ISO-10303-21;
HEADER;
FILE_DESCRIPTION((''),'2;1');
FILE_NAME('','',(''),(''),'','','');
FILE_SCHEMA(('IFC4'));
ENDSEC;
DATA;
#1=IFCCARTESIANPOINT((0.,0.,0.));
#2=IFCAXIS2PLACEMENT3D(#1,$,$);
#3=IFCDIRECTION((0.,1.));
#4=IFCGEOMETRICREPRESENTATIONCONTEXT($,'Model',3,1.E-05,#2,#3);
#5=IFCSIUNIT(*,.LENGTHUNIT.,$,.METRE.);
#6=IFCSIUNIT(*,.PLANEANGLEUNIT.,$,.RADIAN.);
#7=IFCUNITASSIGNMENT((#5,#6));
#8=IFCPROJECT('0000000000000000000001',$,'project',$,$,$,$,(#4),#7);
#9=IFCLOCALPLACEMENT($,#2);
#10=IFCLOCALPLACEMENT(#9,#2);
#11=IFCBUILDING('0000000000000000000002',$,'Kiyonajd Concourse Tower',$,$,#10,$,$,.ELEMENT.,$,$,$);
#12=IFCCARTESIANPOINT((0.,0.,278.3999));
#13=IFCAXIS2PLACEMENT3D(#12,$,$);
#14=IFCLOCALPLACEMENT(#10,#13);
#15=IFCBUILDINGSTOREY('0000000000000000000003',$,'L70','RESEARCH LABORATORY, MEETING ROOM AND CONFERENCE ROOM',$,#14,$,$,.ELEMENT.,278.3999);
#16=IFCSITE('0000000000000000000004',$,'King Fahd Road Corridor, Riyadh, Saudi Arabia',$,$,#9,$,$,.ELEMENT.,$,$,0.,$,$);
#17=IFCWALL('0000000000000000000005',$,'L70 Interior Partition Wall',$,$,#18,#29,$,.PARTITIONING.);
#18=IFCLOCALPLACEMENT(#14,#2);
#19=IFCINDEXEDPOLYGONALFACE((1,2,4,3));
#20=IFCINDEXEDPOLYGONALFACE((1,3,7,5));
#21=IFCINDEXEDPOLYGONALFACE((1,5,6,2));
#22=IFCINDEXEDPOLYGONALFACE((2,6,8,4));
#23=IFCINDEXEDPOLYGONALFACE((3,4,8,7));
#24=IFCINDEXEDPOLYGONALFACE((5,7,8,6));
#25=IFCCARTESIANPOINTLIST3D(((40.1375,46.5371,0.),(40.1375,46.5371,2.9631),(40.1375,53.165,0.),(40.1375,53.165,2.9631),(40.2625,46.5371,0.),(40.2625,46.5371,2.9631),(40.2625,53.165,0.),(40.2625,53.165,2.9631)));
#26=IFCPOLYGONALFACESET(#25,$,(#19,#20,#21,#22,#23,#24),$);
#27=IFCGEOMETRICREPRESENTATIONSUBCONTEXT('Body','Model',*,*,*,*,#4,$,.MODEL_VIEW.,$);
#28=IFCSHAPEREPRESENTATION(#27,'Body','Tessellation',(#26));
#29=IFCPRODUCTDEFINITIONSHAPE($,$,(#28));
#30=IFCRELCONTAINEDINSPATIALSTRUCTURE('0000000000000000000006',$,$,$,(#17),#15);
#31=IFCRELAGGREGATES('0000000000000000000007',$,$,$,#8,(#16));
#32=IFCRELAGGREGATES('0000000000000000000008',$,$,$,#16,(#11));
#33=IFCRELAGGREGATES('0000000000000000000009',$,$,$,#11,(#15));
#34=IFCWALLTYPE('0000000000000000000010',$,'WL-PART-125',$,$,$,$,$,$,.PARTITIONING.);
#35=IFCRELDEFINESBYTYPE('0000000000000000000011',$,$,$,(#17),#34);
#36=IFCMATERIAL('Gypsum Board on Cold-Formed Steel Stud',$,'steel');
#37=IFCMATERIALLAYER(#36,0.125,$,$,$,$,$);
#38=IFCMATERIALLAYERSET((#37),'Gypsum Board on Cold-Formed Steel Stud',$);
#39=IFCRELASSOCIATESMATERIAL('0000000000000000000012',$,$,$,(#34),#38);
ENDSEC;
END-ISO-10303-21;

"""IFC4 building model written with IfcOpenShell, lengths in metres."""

from ifc_helpers import new_model, si_unit, direction, frame, frame_2d, origin, place, context, subcontext, project, spatial, rectangle, extrude, material, layer, layer_set, type_object, element, save


model = new_model("IFC4")

# Units and contexts
model_context = context("Model", 3, precision=1e-05, world=origin(), true_north=direction((0.0, 1.0)))
body_context = subcontext(model_context, "Body", "Model", "MODEL_VIEW")
ifc_project = project(units=[si_unit("LENGTHUNIT", "METRE"), si_unit("PLANEANGLEUNIT", "RADIAN")], contexts=[model_context])

# Site, building, storey
site_placement = place(None, origin())
site = spatial("IfcSite", under=ifc_project, at=site_placement, Name="King Fahd Road Corridor, Riyadh, Saudi Arabia", CompositionType="ELEMENT", RefElevation=0.0)
building_placement = place(site_placement, origin())
building = spatial("IfcBuilding", under=site, at=building_placement, Name="Kiyonajd Concourse Tower", CompositionType="ELEMENT")
storey_placement = place(building_placement, frame((0.0, 0.0, 278.3999)))
storey = spatial("IfcBuildingStorey", under=building, at=storey_placement, Name="L70", Description="RESEARCH LABORATORY, MEETING ROOM AND CONFERENCE ROOM", CompositionType="ELEMENT", Elevation=278.3999)

# Wall
ifc_material_1 = material(Name="Gypsum Board on Cold-Formed Steel Stud", Category="steel")
ifc_layer_1 = layer(ifc_material_1, 0.125)
ifc_layer_set_1 = layer_set([ifc_layer_1], Name="Gypsum Board on Cold-Formed Steel Stud")
wall_type_1 = type_object("IfcWallType", Name="WL-PART-125", PredefinedType="PARTITIONING", material=ifc_layer_set_1)
wall_1_placement = place(storey_placement, frame((40.2, 46.5371, 0.0), z_axis=(0.0, 0.0, 1.0), x_axis=(0.0, 1.0, 0.0)))
element("IfcWall", 1, at=wall_1_placement, inside=storey, type_object=wall_type_1, Name="L70 Interior Partition Wall", PredefinedType="PARTITIONING", context=body_context, shape_type="SweptSolid", body=[
    extrude(rectangle(XDim=6.6279, YDim=0.125, at=frame_2d((3.314, 0.0))), origin(), (0.0, 0.0, 1.0), 2.9631),
])

save(model, "model.ifc")
